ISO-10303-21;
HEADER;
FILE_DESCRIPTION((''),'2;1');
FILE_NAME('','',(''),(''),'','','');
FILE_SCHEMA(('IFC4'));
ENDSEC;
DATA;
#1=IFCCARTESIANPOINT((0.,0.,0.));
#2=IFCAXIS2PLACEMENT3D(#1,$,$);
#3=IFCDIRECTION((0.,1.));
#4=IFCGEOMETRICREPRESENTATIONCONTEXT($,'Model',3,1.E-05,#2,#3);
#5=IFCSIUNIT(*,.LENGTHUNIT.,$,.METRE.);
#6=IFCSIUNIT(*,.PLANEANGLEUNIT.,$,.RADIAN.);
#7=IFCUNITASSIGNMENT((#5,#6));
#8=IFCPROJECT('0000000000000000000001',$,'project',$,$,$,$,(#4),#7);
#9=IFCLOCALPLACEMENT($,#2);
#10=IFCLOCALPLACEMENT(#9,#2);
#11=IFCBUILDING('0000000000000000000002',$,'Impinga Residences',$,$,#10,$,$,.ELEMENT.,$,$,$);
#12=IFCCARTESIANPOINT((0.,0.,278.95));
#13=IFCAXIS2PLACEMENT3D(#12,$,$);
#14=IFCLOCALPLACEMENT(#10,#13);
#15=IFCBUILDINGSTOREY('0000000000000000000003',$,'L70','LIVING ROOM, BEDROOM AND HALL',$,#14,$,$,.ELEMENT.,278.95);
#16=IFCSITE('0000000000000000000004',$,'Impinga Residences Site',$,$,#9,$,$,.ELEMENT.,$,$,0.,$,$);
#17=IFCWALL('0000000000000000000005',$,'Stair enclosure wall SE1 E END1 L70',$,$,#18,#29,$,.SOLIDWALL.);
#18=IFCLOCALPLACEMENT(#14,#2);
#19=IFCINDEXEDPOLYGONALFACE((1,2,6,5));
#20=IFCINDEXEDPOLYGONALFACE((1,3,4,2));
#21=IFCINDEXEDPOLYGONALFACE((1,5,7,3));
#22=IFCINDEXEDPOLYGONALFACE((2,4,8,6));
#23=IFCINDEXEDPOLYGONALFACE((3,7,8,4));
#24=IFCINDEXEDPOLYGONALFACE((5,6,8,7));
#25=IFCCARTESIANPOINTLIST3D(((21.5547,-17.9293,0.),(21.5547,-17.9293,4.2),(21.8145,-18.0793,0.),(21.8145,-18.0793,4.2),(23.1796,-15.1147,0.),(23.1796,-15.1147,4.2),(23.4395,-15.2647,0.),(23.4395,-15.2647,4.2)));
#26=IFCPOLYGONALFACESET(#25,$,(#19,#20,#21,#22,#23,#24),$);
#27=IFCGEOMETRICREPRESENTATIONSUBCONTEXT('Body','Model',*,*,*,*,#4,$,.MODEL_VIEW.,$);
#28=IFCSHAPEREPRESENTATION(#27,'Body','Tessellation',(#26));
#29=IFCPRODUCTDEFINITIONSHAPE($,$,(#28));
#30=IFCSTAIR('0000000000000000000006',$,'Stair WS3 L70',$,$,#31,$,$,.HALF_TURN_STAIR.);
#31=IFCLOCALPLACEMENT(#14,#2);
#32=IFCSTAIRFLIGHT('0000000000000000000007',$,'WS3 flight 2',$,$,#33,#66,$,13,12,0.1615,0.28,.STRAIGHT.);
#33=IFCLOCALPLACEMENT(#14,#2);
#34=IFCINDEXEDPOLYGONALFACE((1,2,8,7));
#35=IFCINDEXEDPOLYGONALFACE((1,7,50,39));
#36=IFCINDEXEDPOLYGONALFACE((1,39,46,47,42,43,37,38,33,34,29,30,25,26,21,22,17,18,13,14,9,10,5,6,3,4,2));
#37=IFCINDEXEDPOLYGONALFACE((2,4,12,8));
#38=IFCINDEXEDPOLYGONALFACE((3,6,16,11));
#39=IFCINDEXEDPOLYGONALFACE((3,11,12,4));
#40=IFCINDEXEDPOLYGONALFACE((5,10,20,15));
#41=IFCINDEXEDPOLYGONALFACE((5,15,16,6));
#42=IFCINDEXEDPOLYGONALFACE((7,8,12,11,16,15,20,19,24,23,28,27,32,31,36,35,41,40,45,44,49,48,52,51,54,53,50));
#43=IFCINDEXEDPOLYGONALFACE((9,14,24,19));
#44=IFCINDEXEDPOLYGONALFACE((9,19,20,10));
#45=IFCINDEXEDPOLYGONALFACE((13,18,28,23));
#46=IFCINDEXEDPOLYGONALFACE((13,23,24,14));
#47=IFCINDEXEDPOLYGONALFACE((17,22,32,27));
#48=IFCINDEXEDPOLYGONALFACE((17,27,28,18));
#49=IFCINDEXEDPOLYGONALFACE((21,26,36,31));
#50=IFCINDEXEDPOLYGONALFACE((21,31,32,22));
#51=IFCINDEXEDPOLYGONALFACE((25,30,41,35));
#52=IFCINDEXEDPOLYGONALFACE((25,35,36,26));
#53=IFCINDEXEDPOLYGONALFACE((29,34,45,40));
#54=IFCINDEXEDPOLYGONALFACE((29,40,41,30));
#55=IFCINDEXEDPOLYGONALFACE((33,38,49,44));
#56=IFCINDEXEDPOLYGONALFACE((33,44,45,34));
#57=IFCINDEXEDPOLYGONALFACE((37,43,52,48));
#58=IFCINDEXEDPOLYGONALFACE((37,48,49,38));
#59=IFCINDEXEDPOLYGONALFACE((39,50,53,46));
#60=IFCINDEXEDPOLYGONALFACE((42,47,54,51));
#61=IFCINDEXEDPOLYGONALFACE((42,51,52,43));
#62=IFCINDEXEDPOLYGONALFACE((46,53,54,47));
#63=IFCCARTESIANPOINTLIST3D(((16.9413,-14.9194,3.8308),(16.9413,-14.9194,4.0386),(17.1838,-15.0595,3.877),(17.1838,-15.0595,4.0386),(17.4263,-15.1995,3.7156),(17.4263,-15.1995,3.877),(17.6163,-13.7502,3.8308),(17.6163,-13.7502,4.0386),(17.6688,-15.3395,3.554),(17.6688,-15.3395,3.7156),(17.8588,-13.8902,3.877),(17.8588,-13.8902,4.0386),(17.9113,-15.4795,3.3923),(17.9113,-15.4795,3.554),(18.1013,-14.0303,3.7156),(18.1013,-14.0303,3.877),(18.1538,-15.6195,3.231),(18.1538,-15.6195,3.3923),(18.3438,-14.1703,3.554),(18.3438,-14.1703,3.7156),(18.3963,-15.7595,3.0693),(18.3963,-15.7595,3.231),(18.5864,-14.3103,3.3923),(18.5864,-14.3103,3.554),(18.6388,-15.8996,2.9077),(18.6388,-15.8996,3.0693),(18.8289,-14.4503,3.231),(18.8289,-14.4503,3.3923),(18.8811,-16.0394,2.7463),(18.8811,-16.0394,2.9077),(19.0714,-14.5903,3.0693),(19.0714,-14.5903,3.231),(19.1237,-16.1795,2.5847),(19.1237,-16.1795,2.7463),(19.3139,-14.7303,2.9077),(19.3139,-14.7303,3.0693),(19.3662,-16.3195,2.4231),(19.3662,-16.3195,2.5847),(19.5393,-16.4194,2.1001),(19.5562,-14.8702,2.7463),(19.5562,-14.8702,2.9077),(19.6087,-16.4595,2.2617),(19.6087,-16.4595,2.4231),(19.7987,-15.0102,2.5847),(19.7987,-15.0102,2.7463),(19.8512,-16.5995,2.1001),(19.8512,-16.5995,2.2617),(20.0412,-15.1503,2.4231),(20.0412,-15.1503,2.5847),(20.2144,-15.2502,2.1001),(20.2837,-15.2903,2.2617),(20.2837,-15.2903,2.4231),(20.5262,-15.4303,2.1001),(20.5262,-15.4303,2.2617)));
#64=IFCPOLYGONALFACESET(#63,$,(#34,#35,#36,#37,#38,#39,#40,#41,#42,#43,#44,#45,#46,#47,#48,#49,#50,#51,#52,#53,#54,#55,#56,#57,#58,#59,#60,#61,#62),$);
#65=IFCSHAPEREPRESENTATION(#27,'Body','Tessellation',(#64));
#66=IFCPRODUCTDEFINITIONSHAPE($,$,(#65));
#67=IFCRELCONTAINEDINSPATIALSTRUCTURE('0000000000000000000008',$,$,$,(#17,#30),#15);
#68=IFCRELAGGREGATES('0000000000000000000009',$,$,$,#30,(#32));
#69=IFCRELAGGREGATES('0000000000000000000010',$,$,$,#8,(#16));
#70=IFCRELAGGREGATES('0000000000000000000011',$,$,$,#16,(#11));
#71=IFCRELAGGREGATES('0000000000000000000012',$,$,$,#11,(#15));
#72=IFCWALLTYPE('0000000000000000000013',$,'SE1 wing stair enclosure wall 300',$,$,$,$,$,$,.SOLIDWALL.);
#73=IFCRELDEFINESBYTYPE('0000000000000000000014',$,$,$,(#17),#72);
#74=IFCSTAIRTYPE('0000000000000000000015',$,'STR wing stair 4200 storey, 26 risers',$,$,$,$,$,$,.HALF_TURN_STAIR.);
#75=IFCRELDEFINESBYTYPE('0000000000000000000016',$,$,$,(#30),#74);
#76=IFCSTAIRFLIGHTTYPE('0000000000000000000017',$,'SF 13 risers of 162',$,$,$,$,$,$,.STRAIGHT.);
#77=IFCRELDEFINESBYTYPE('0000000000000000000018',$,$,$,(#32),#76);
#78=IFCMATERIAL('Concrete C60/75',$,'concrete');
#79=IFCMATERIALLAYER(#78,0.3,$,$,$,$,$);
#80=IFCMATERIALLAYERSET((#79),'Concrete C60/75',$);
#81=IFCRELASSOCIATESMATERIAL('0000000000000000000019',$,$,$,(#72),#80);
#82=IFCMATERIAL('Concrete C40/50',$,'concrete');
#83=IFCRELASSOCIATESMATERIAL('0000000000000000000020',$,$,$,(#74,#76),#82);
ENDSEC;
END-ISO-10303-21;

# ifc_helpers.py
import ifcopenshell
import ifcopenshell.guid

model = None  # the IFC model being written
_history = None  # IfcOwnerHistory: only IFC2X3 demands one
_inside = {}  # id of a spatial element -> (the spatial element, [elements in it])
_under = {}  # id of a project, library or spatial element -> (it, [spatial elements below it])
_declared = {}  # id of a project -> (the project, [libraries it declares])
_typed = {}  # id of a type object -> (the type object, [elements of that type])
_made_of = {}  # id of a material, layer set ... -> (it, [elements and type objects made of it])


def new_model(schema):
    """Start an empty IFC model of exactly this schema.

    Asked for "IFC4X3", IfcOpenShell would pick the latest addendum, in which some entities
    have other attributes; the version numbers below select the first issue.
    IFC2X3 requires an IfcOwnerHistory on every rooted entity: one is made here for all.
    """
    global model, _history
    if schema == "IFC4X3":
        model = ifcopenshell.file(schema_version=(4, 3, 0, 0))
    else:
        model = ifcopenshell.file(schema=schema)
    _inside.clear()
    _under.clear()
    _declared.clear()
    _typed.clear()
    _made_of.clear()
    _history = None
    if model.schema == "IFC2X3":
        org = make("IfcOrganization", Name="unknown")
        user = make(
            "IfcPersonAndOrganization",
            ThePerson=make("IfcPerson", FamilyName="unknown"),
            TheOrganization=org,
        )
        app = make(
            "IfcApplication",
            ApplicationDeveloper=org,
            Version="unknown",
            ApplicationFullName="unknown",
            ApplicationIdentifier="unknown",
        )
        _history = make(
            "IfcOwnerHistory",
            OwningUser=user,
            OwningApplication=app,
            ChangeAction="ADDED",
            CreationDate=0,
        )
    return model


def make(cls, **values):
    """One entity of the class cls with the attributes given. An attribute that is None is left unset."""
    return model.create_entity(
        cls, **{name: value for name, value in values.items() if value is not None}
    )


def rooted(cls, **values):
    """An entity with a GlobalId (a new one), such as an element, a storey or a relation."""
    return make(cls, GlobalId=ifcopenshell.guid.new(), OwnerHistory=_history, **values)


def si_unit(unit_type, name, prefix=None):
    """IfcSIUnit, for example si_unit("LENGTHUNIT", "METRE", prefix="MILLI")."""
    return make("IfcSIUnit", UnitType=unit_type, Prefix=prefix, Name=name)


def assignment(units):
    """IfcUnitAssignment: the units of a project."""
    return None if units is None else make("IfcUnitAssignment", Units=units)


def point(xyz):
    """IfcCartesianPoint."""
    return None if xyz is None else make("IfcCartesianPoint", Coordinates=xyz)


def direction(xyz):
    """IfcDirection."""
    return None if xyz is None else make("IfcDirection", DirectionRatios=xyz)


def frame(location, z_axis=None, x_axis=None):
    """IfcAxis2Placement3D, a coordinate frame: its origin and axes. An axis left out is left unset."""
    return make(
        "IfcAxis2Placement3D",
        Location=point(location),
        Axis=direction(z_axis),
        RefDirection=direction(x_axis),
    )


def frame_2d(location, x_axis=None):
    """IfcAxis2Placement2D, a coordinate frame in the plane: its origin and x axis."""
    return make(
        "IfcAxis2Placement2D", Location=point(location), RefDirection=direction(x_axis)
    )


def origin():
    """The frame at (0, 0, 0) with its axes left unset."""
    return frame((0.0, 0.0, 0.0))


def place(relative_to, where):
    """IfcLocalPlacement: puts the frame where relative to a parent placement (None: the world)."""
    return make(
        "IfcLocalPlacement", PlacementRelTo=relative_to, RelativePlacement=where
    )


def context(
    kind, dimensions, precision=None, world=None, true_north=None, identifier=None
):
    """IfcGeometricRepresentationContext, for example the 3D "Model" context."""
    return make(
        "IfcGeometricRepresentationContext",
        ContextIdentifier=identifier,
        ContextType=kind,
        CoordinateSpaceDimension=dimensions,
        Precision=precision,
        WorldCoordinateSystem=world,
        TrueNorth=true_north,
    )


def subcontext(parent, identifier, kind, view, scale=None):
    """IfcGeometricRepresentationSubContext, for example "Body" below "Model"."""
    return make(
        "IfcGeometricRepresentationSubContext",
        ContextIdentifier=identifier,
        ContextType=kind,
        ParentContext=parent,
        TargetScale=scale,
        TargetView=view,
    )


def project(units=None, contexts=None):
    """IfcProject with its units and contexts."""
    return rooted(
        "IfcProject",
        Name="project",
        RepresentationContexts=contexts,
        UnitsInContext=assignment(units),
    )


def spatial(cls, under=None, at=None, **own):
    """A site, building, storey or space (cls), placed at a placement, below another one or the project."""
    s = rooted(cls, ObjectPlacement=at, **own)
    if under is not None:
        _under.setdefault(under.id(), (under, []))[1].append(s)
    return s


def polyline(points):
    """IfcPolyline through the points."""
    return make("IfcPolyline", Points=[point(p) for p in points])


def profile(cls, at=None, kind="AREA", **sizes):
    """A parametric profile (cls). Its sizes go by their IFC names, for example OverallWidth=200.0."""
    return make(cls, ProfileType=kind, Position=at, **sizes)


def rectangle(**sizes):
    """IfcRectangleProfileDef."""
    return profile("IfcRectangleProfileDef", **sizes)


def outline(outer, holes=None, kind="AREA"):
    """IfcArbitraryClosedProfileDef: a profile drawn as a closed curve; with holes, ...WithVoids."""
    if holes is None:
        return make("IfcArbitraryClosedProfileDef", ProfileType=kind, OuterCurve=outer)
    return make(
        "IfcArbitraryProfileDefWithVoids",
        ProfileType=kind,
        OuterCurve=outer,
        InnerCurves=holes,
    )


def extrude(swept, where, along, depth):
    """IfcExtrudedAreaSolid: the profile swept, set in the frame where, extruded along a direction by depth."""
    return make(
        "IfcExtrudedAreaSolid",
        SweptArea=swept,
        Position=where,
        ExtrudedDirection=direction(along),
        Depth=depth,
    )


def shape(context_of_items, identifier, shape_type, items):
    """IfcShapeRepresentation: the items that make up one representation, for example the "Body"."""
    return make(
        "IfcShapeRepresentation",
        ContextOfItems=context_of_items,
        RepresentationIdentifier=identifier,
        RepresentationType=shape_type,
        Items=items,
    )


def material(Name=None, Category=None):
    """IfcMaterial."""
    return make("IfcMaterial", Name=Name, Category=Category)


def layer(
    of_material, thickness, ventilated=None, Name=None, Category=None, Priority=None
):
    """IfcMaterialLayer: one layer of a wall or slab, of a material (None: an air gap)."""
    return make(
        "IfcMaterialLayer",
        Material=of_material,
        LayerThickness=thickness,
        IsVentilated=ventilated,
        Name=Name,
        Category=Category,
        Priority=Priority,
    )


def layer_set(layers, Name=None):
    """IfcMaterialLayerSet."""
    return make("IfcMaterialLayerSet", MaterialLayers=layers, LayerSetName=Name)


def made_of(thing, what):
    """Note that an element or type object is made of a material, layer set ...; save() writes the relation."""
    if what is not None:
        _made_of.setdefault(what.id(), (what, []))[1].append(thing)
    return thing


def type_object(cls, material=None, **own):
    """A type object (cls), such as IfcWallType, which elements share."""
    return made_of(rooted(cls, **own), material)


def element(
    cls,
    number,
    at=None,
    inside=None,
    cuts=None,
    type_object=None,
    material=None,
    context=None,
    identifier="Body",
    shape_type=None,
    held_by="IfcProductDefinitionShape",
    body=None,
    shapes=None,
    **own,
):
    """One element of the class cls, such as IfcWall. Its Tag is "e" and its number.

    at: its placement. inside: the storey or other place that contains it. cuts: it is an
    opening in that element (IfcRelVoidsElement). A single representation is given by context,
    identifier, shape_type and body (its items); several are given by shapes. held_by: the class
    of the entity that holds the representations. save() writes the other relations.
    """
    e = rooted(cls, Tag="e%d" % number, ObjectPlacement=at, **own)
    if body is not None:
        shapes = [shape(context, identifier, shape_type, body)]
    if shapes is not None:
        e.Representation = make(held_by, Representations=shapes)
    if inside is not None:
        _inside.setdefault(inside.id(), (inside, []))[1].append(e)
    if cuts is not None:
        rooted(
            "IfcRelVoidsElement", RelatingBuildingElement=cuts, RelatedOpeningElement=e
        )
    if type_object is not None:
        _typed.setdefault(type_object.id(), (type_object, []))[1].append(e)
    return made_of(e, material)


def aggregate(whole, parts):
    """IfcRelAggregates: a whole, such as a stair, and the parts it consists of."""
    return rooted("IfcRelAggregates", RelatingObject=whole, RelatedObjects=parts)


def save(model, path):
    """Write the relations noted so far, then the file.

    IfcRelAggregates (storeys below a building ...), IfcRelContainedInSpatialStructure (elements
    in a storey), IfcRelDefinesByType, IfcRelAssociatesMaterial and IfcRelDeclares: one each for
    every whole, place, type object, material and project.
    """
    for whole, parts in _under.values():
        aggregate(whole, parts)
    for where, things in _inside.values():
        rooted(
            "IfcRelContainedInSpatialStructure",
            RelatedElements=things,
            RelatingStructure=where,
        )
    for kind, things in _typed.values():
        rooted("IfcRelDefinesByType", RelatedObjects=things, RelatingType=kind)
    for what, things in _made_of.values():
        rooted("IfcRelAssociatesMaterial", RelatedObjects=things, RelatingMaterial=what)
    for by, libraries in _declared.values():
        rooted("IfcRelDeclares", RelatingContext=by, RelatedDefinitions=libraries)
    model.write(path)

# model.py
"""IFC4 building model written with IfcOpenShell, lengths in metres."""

from ifc_helpers import new_model, si_unit, direction, frame, frame_2d, origin, place, context, subcontext, project, spatial, polyline, rectangle, outline, extrude, material, layer, layer_set, type_object, element, aggregate, save


model = new_model("IFC4")

# Units and contexts
model_context = context("Model", 3, precision=1e-05, world=origin(), true_north=direction((0.0, 1.0)))
body_context = subcontext(model_context, "Body", "Model", "MODEL_VIEW")
ifc_project = project(units=[si_unit("LENGTHUNIT", "METRE"), si_unit("PLANEANGLEUNIT", "RADIAN")], contexts=[model_context])

# Site, building, storey
site_placement = place(None, origin())
site = spatial("IfcSite", under=ifc_project, at=site_placement, Name="Impinga Residences Site", CompositionType="ELEMENT", RefElevation=0.0)
building_placement = place(site_placement, origin())
building = spatial("IfcBuilding", under=site, at=building_placement, Name="Impinga Residences", CompositionType="ELEMENT")
storey_placement = place(building_placement, frame((0.0, 0.0, 278.95)))
storey = spatial("IfcBuildingStorey", under=building, at=storey_placement, Name="L70", Description="LIVING ROOM, BEDROOM AND HALL", CompositionType="ELEMENT", Elevation=278.95)

# Shared definitions
ifc_material_1 = material(Name="Concrete C60/75", Category="concrete")

# Wall
ifc_layer_1 = layer(ifc_material_1, 0.3)
ifc_layer_set_1 = layer_set([ifc_layer_1], Name="Concrete C60/75")
wall_type_1 = type_object("IfcWallType", Name="SE1 wing stair enclosure wall 300", PredefinedType="SOLIDWALL", material=ifc_layer_set_1)
wall_1_placement = place(storey_placement, frame((23.3096, -15.1897, 0.0), z_axis=(0.0, 0.0, 1.0), x_axis=(-0.499985, -0.866034, 0.0)))
element("IfcWall", 1, at=wall_1_placement, inside=storey, type_object=wall_type_1, Name="Stair enclosure wall SE1 E END1 L70", PredefinedType="SOLIDWALL", context=body_context, shape_type="SweptSolid", body=[
    extrude(rectangle(XDim=3.25, YDim=0.3, at=frame_2d((1.625, 0.0))), origin(), (0.0, 0.0, 1.0), 4.2),
])

# Stair, stair flight
ifc_material_2 = material(Name="Concrete C40/50", Category="concrete")
stair_type = type_object("IfcStairType", Name="STR wing stair 4200 storey, 26 risers", PredefinedType="HALF_TURN_STAIR", material=ifc_material_2)
stair_placement = place(storey_placement, origin())
stair = element("IfcStair", 2, at=stair_placement, inside=storey, type_object=stair_type, Name="Stair WS3 L70", PredefinedType="HALF_TURN_STAIR")
stair_flight_type = type_object("IfcStairFlightType", Name="SF 13 risers of 162", PredefinedType="STRAIGHT", material=ifc_material_2)
stair_flight_placement = place(storey_placement, frame((20.1887, -16.0149, 2.1001), z_axis=(0.0, 0.0, 1.0), x_axis=(-0.866025, 0.5, 0.0)))
stair_flight = element("IfcStairFlight", 3, at=stair_flight_placement, type_object=stair_flight_type, Name="WS3 flight 2", NumberOfRisers=13, NumberOfTreads=12, PredefinedType="STRAIGHT", RiserHeight=0.1615, TreadLength=0.28, context=body_context, shape_type="SweptSolid", body=[
    extrude(outline(polyline([(0.0, 0.0), (0.0, 0.1616), (0.28, 0.1616), (0.28, 0.323), (0.5601, 0.323), (0.5601, 0.4846), (0.8401, 0.4846), (0.8401, 0.6462), (1.1201, 0.6462), (1.1201, 0.8076), (1.3999, 0.8076), (1.3999, 0.9692), (1.6799, 0.9692), (1.6799, 1.1309), (1.96, 1.1309), (1.96, 1.2922), (2.24, 1.2922), (2.24, 1.4539), (2.52, 1.4539), (2.52, 1.6155), (2.8, 1.6155), (2.8, 1.7769), (3.0801, 1.7769), (3.0801, 1.9385), (3.3601, 1.9385), (3.3601, 2.1001), (3.3601, 1.7307), (0.3601, 0.0), (0.0, 0.0)])), frame((0.0, 0.675, 0.0), z_axis=(0.0, -1.0, 0.0), x_axis=(1.0, 0.0, 0.0)), (0.0, 0.0, 1.0), 1.3501),
])
aggregate(stair, [stair_flight])

save(model, "model.ifc")
